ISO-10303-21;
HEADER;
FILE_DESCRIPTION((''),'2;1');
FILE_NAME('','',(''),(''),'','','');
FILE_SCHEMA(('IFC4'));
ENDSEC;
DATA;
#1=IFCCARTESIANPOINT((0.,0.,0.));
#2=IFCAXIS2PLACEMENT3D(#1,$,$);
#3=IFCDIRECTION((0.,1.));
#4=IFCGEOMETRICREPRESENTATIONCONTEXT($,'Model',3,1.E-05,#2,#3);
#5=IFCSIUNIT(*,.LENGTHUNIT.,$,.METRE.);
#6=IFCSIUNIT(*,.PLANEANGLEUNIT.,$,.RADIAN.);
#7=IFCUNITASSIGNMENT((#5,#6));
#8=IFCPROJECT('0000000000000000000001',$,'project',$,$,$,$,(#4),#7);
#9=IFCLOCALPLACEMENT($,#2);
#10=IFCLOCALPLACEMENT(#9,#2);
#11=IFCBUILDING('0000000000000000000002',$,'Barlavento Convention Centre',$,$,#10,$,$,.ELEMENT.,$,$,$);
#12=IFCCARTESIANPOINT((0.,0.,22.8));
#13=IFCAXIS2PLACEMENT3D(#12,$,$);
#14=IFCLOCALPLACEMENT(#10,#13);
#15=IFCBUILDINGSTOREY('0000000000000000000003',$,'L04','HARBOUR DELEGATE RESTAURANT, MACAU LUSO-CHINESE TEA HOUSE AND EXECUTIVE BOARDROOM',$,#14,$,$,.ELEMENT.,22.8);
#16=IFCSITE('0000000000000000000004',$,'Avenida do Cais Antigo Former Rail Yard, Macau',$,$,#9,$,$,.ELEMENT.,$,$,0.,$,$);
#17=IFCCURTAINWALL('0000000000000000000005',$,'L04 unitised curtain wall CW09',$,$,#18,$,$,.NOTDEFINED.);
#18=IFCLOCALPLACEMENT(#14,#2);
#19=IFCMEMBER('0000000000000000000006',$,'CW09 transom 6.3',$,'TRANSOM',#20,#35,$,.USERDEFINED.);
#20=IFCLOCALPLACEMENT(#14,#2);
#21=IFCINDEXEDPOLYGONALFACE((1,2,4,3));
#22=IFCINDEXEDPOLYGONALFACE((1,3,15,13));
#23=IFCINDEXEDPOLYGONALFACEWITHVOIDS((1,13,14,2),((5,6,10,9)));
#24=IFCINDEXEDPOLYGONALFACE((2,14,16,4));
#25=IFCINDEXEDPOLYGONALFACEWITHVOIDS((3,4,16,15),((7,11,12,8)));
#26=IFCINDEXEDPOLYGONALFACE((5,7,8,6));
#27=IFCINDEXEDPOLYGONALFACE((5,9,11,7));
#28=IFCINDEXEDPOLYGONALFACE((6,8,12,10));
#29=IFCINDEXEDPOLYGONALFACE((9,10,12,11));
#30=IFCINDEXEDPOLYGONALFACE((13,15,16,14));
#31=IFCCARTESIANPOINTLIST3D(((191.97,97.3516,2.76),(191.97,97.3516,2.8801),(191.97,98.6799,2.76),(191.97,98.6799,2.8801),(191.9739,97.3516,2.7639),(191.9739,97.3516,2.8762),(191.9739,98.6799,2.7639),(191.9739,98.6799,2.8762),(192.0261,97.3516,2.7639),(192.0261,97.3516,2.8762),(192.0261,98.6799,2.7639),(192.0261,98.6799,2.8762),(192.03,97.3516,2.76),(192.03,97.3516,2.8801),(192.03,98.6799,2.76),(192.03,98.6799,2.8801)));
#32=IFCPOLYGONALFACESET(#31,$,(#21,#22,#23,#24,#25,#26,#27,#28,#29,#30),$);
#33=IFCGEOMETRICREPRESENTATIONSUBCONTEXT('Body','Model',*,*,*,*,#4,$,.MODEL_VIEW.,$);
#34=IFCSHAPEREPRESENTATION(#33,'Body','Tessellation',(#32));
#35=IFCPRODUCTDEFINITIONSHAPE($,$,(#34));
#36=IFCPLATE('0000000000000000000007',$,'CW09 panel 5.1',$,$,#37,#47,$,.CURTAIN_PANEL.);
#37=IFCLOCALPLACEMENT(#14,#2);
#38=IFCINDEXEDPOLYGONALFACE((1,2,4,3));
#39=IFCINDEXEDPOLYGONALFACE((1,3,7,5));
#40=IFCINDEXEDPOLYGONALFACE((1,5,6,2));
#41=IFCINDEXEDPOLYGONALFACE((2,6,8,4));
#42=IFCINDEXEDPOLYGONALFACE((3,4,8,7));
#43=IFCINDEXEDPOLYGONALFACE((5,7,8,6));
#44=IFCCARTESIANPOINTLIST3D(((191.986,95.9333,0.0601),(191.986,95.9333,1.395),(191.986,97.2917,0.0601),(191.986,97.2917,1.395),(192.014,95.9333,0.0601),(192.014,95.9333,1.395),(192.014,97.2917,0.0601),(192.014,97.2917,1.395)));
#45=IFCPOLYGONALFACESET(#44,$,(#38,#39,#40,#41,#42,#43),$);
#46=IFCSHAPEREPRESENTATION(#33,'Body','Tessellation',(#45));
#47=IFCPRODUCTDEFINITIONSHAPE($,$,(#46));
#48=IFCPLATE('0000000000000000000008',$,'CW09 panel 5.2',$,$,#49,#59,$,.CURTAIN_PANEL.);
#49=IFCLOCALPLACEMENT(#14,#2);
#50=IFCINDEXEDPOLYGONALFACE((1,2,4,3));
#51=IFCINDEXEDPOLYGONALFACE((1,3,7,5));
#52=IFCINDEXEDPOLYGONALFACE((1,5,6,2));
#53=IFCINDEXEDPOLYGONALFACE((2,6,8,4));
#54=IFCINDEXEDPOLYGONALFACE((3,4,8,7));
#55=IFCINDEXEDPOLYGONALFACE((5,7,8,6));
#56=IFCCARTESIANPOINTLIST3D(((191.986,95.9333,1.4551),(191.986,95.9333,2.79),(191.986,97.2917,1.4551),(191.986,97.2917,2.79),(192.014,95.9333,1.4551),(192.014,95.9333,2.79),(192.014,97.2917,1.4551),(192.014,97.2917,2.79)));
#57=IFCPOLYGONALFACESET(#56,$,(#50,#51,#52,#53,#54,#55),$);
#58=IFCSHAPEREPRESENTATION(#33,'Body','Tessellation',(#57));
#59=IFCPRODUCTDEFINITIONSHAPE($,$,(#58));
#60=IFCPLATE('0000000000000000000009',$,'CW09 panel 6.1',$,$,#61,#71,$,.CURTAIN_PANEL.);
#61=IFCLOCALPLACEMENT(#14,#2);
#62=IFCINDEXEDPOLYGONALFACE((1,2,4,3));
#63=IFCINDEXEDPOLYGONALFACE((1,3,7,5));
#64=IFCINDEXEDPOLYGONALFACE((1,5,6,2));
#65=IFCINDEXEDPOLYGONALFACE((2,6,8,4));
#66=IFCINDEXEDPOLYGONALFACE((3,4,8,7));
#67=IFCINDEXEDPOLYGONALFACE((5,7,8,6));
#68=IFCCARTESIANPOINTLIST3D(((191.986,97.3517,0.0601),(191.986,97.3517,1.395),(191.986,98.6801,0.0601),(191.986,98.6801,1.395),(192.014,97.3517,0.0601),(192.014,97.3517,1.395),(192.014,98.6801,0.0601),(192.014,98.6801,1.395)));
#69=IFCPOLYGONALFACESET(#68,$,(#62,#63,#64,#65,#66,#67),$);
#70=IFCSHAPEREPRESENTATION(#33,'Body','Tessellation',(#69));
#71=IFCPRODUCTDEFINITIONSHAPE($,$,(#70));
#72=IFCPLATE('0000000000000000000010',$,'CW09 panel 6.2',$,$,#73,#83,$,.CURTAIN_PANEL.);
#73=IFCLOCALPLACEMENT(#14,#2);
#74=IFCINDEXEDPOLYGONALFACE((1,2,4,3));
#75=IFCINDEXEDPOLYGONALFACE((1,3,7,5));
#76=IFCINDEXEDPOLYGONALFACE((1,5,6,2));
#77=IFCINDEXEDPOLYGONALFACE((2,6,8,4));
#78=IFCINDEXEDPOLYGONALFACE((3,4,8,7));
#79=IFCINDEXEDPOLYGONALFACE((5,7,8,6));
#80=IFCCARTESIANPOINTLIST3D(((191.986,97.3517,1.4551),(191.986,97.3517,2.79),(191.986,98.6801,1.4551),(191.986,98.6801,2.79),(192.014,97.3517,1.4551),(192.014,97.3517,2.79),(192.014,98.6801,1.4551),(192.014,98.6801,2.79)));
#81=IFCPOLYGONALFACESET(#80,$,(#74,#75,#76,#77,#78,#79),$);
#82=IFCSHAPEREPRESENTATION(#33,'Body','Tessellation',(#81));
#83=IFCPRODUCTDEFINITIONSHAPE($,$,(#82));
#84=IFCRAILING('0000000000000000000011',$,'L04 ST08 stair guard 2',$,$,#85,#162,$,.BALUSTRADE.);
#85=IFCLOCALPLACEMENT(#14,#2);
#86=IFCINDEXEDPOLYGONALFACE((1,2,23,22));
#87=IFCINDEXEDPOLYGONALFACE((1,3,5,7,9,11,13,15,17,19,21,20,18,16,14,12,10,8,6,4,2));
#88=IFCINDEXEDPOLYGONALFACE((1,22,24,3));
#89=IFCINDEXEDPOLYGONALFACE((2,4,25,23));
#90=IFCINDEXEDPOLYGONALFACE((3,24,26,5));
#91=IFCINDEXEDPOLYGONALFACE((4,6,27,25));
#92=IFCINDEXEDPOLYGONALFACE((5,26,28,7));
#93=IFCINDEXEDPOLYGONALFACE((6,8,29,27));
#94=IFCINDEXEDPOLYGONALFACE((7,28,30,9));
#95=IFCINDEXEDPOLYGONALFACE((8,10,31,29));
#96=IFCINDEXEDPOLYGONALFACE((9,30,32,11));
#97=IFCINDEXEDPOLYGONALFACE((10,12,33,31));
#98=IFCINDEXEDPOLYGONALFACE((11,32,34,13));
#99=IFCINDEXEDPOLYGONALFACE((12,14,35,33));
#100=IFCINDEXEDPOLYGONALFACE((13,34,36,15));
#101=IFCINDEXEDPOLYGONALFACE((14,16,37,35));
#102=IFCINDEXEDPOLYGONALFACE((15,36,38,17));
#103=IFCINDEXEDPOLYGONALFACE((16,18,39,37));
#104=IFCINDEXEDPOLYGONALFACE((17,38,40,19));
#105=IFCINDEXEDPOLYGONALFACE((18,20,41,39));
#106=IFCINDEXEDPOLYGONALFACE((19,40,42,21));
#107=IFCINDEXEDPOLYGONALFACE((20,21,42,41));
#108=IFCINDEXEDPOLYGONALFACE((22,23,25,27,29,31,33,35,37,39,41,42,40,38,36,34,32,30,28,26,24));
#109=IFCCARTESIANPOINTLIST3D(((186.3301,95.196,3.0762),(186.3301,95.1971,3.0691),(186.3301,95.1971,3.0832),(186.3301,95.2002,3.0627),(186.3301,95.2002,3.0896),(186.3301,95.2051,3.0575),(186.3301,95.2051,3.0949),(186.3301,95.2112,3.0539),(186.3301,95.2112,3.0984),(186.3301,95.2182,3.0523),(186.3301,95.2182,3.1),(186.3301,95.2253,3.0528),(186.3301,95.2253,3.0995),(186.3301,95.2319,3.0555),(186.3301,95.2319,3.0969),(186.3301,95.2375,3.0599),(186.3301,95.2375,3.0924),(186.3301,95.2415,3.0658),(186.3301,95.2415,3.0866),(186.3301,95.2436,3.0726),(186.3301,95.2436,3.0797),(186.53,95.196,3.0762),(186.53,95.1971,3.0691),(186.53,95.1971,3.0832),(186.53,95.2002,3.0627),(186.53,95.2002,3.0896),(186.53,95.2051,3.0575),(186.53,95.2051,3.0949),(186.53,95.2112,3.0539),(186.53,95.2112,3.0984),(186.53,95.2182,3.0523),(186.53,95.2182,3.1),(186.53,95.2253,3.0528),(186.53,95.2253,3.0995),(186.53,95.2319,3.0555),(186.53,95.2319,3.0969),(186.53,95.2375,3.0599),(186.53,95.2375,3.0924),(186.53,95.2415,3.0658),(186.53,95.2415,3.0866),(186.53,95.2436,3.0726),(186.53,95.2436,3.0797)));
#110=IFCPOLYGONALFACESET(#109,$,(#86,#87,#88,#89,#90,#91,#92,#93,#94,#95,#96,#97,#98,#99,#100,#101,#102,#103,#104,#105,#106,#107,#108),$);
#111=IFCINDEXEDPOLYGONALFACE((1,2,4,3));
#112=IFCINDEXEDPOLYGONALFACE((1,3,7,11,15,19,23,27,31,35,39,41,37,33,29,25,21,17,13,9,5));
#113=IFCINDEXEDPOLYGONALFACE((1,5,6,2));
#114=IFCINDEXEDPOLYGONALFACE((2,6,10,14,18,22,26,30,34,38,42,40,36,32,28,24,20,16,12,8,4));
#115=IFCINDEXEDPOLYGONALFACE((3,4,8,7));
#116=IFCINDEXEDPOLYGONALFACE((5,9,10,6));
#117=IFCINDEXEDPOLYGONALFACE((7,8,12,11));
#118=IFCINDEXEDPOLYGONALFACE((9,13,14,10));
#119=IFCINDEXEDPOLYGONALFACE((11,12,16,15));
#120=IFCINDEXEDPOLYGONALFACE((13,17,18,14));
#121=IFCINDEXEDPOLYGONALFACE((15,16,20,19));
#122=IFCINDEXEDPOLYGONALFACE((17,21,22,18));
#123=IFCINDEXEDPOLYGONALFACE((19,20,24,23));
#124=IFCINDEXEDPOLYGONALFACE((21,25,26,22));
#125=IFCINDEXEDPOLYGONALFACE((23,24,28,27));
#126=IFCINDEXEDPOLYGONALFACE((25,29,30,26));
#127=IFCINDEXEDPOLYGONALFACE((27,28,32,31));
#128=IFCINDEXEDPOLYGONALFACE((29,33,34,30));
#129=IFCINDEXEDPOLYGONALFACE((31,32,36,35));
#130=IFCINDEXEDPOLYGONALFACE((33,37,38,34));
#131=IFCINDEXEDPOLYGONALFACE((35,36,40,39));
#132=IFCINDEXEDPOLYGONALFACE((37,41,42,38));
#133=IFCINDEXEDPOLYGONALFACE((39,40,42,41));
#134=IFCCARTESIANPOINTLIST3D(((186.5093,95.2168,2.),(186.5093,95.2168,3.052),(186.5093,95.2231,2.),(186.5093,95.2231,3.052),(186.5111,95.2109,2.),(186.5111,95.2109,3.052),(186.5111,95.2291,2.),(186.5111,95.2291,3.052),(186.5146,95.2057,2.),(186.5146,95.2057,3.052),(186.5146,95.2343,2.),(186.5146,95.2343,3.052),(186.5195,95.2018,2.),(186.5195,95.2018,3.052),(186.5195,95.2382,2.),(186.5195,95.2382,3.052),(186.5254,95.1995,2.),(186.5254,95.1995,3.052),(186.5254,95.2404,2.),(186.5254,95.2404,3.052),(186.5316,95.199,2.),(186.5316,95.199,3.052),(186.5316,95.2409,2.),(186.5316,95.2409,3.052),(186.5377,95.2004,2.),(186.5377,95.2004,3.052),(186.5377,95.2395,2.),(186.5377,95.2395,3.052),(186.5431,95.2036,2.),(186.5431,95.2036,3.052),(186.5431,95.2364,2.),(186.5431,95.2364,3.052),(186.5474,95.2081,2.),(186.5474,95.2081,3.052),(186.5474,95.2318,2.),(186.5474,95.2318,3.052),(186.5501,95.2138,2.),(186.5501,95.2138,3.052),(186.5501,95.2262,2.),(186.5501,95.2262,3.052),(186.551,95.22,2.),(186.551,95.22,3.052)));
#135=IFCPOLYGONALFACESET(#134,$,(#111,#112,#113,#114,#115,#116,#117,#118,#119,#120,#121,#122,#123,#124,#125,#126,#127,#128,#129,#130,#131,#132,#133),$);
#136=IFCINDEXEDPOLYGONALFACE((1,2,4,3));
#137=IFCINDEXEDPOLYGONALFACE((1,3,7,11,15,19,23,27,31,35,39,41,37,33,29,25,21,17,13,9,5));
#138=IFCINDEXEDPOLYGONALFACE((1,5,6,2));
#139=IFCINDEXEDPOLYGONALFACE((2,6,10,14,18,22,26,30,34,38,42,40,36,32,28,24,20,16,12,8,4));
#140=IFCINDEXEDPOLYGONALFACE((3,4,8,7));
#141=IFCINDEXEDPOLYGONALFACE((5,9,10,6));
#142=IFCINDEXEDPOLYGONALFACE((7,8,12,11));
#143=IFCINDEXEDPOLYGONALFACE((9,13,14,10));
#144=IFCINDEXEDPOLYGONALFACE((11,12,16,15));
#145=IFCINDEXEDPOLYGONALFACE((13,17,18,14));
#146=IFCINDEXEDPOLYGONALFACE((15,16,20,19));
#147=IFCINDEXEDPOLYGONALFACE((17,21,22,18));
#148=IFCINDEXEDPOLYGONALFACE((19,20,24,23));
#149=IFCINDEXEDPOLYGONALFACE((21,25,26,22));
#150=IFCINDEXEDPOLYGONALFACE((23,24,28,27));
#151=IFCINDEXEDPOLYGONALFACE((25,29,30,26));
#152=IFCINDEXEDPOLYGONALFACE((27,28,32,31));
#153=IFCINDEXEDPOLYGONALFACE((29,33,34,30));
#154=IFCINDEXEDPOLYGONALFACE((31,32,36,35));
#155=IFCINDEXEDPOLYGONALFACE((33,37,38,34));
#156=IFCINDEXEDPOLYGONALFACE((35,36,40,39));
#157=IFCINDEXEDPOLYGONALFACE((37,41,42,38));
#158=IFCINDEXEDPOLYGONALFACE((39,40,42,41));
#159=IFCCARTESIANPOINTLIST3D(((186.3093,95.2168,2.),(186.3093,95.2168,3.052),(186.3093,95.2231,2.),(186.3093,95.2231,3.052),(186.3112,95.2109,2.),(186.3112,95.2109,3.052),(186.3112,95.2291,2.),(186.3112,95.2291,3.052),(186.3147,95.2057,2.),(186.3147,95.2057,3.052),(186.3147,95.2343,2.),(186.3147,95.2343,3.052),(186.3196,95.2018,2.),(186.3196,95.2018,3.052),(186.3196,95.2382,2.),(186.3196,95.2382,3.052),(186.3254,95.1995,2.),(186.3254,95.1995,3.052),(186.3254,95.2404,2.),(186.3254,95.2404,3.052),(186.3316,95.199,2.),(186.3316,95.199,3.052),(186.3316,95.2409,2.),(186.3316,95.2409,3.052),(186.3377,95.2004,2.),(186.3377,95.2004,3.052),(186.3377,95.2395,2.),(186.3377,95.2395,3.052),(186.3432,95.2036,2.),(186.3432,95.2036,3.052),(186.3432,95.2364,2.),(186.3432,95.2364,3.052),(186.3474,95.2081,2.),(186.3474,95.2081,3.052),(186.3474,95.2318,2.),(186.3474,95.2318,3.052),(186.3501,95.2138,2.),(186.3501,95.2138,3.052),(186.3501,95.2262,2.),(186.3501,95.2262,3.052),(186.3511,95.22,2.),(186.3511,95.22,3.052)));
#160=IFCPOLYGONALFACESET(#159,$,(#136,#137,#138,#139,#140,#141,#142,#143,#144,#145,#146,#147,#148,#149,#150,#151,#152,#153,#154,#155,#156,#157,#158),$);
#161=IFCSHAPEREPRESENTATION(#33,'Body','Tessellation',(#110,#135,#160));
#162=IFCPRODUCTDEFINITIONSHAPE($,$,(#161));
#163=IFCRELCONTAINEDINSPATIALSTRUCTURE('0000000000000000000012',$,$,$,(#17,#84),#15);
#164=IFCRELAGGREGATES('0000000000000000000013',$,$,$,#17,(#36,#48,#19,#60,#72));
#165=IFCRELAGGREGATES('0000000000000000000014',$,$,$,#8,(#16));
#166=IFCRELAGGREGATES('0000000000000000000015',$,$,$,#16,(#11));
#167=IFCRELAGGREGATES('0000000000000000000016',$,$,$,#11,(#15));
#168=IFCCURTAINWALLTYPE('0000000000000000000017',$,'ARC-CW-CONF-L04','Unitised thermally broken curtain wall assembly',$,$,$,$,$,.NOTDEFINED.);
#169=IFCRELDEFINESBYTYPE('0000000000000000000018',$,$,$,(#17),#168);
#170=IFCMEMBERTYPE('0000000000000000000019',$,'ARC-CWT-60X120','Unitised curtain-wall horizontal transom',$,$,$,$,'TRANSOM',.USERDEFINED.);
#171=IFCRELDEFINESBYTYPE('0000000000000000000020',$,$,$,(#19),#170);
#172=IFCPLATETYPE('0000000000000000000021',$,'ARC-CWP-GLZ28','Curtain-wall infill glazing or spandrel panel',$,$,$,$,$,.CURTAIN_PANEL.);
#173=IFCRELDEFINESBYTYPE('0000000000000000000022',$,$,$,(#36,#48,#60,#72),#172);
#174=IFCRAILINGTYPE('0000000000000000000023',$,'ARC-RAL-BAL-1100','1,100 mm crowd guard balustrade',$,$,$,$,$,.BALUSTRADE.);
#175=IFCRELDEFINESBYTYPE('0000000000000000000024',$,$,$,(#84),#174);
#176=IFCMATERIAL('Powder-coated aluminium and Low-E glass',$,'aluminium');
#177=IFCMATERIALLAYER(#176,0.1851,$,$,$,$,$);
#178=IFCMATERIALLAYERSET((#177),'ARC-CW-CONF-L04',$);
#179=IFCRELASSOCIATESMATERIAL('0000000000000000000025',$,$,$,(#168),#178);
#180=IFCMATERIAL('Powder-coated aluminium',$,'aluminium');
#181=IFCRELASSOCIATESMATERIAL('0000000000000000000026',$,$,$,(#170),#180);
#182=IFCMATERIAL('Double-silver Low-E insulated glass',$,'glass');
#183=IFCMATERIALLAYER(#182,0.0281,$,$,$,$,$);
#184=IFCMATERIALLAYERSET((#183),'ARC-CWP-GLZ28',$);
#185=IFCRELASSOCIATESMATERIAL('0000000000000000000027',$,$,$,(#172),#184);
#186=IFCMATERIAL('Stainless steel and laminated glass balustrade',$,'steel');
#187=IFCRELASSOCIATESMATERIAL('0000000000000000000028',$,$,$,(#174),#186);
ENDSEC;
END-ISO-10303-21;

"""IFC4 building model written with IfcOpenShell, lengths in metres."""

from ifc_helpers import new_model, si_unit, direction, frame, origin, origin_2d, place, context, subcontext, project, spatial, rectangle, hollow_rectangle, circle, extrude, material, layer, layer_set, material_profile, profile_set, type_object, element, aggregate, save


model = new_model("IFC4")

# Units and contexts
model_context = context("Model", 3, precision=1e-05, world=origin(), true_north=direction((0.0, 1.0)))
body_context = subcontext(model_context, "Body", "Model", "MODEL_VIEW")
ifc_project = project(units=[si_unit("LENGTHUNIT", "METRE"), si_unit("PLANEANGLEUNIT", "RADIAN")], contexts=[model_context])

# Site, building, storey
site_placement = place(None, origin())
site = spatial("IfcSite", under=ifc_project, at=site_placement, Name="Avenida do Cais Antigo Former Rail Yard, Macau", CompositionType="ELEMENT", RefElevation=0.0)
building_placement = place(site_placement, origin())
building = spatial("IfcBuilding", under=site, at=building_placement, Name="Barlavento Convention Centre", CompositionType="ELEMENT")
storey_placement = place(building_placement, frame((0.0, 0.0, 22.8)))
storey = spatial("IfcBuildingStorey", under=building, at=storey_placement, Name="L04", Description="HARBOUR DELEGATE RESTAURANT, MACAU LUSO-CHINESE TEA HOUSE AND EXECUTIVE BOARDROOM", CompositionType="ELEMENT", Elevation=22.8)

# Curtain wall, member, plates
ifc_material_1 = material(Name="Powder-coated aluminium and Low-E glass", Category="aluminium")
ifc_layer_1 = layer(ifc_material_1, 0.1851)
ifc_layer_set_1 = layer_set([ifc_layer_1], Name="ARC-CW-CONF-L04")
curtain_wall_type = type_object("IfcCurtainWallType", Name="ARC-CW-CONF-L04", Description="Unitised thermally broken curtain wall assembly", PredefinedType="NOTDEFINED", material=ifc_layer_set_1)
curtain_wall_placement = place(storey_placement, origin())
curtain_wall = element("IfcCurtainWall", 1, at=curtain_wall_placement, inside=storey, type_object=curtain_wall_type, Name="L04 unitised curtain wall CW09", PredefinedType="NOTDEFINED")
ifc_material_2 = material(Name="Powder-coated aluminium", Category="aluminium")
ifc_material_profile_1 = material_profile(ifc_material_2, hollow_rectangle(XDim=0.0601, YDim=0.1201, WallThickness=0.0039, at=origin_2d()), Name="AL-TRAN 60x120x4")
ifc_profile_set_1 = profile_set([ifc_material_profile_1], Name="Powder-coated aluminium")
member_type_1 = type_object("IfcMemberType", Name="ARC-CWT-60X120", Description="Unitised curtain-wall horizontal transom", ElementType="TRANSOM", PredefinedType="USERDEFINED", material=ifc_profile_set_1)
member_1_placement = place(storey_placement, frame((192.0, 97.3516, 2.8201), z_axis=(0.0, 1.0, 0.0), x_axis=(-1.0, 0.0, 0.0)))
member_1 = element("IfcMember", 2, at=member_1_placement, type_object=member_type_1, Name="CW09 transom 6.3", ObjectType="TRANSOM", PredefinedType="USERDEFINED", context=body_context, shape_type="SweptSolid", body=[
    extrude(hollow_rectangle(XDim=0.0601, YDim=0.1201, WallThickness=0.0039, at=origin_2d()), origin(), (0.0, 0.0, 1.0), 1.3284),
])
ifc_material_3 = material(Name="Double-silver Low-E insulated glass", Category="glass")
ifc_layer_2 = layer(ifc_material_3, 0.0281)
ifc_layer_set_2 = layer_set([ifc_layer_2], Name="ARC-CWP-GLZ28")
plate_type = type_object("IfcPlateType", Name="ARC-CWP-GLZ28", Description="Curtain-wall infill glazing or spandrel panel", PredefinedType="CURTAIN_PANEL", material=ifc_layer_set_2)
plate_1_placement = place(storey_placement, frame((192.0, 96.6125, 0.0601), z_axis=(0.0, 0.0, 1.0), x_axis=(0.0, 1.0, 0.0)))
plate_1 = element("IfcPlate", 3, at=plate_1_placement, type_object=plate_type, Name="CW09 panel 5.1", PredefinedType="CURTAIN_PANEL", context=body_context, shape_type="SweptSolid", body=[
    extrude(rectangle(XDim=1.3584, YDim=0.0281, at=origin_2d()), origin(), (0.0, 0.0, 1.0), 1.335),
])
plate_2_placement = place(storey_placement, frame((192.0, 96.6125, 1.4551), z_axis=(0.0, 0.0, 1.0), x_axis=(0.0, 1.0, 0.0)))
plate_2 = element("IfcPlate", 4, at=plate_2_placement, type_object=plate_type, Name="CW09 panel 5.2", PredefinedType="CURTAIN_PANEL", context=body_context, shape_type="SweptSolid", body=[
    extrude(rectangle(XDim=1.3584, YDim=0.0281, at=origin_2d()), origin(), (0.0, 0.0, 1.0), 1.335),
])
plate_3_placement = place(storey_placement, frame((192.0, 98.0159, 0.0601), z_axis=(0.0, 0.0, 1.0), x_axis=(0.0, 1.0, 0.0)))
plate_3 = element("IfcPlate", 5, at=plate_3_placement, type_object=plate_type, Name="CW09 panel 6.1", PredefinedType="CURTAIN_PANEL", context=body_context, shape_type="SweptSolid", body=[
    extrude(rectangle(XDim=1.3284, YDim=0.0281, at=origin_2d()), origin(), (0.0, 0.0, 1.0), 1.335),
])
plate_4_placement = place(storey_placement, frame((192.0, 98.0159, 1.4551), z_axis=(0.0, 0.0, 1.0), x_axis=(0.0, 1.0, 0.0)))
plate_4 = element("IfcPlate", 6, at=plate_4_placement, type_object=plate_type, Name="CW09 panel 6.2", PredefinedType="CURTAIN_PANEL", context=body_context, shape_type="SweptSolid", body=[
    extrude(rectangle(XDim=1.3284, YDim=0.0281, at=origin_2d()), origin(), (0.0, 0.0, 1.0), 1.335),
])
aggregate(curtain_wall, [plate_1, plate_2, member_1, plate_3, plate_4])

# Railing
ifc_material_4 = material(Name="Stainless steel and laminated glass balustrade", Category="steel")
railing_type = type_object("IfcRailingType", Name="ARC-RAL-BAL-1100", Description="1,100 mm crowd guard balustrade", PredefinedType="BALUSTRADE", material=ifc_material_4)
railing_placement = place(storey_placement, frame((186.53, 95.22, 2.0)))
element("IfcRailing", 7, at=railing_placement, inside=storey, type_object=railing_type, Name="L04 ST08 stair guard 2", PredefinedType="BALUSTRADE", context=body_context, shape_type="SweptSolid", body=[
    extrude(circle(Radius=0.0239, at=origin_2d()), frame((0.0, 0.0, 1.0762), z_axis=(-1.0, 0.0, 0.0), x_axis=(0.0, -1.0, 0.0)), (0.0, 0.0, 1.0), 0.2),
    extrude(circle(Radius=0.021, at=origin_2d()), origin(), (0.0, 0.0, 1.0), 1.052),
    extrude(circle(Radius=0.021, at=origin_2d()), frame((-0.2, 0.0, 0.0)), (0.0, 0.0, 1.0), 1.052),
])

save(model, "model.ifc")
